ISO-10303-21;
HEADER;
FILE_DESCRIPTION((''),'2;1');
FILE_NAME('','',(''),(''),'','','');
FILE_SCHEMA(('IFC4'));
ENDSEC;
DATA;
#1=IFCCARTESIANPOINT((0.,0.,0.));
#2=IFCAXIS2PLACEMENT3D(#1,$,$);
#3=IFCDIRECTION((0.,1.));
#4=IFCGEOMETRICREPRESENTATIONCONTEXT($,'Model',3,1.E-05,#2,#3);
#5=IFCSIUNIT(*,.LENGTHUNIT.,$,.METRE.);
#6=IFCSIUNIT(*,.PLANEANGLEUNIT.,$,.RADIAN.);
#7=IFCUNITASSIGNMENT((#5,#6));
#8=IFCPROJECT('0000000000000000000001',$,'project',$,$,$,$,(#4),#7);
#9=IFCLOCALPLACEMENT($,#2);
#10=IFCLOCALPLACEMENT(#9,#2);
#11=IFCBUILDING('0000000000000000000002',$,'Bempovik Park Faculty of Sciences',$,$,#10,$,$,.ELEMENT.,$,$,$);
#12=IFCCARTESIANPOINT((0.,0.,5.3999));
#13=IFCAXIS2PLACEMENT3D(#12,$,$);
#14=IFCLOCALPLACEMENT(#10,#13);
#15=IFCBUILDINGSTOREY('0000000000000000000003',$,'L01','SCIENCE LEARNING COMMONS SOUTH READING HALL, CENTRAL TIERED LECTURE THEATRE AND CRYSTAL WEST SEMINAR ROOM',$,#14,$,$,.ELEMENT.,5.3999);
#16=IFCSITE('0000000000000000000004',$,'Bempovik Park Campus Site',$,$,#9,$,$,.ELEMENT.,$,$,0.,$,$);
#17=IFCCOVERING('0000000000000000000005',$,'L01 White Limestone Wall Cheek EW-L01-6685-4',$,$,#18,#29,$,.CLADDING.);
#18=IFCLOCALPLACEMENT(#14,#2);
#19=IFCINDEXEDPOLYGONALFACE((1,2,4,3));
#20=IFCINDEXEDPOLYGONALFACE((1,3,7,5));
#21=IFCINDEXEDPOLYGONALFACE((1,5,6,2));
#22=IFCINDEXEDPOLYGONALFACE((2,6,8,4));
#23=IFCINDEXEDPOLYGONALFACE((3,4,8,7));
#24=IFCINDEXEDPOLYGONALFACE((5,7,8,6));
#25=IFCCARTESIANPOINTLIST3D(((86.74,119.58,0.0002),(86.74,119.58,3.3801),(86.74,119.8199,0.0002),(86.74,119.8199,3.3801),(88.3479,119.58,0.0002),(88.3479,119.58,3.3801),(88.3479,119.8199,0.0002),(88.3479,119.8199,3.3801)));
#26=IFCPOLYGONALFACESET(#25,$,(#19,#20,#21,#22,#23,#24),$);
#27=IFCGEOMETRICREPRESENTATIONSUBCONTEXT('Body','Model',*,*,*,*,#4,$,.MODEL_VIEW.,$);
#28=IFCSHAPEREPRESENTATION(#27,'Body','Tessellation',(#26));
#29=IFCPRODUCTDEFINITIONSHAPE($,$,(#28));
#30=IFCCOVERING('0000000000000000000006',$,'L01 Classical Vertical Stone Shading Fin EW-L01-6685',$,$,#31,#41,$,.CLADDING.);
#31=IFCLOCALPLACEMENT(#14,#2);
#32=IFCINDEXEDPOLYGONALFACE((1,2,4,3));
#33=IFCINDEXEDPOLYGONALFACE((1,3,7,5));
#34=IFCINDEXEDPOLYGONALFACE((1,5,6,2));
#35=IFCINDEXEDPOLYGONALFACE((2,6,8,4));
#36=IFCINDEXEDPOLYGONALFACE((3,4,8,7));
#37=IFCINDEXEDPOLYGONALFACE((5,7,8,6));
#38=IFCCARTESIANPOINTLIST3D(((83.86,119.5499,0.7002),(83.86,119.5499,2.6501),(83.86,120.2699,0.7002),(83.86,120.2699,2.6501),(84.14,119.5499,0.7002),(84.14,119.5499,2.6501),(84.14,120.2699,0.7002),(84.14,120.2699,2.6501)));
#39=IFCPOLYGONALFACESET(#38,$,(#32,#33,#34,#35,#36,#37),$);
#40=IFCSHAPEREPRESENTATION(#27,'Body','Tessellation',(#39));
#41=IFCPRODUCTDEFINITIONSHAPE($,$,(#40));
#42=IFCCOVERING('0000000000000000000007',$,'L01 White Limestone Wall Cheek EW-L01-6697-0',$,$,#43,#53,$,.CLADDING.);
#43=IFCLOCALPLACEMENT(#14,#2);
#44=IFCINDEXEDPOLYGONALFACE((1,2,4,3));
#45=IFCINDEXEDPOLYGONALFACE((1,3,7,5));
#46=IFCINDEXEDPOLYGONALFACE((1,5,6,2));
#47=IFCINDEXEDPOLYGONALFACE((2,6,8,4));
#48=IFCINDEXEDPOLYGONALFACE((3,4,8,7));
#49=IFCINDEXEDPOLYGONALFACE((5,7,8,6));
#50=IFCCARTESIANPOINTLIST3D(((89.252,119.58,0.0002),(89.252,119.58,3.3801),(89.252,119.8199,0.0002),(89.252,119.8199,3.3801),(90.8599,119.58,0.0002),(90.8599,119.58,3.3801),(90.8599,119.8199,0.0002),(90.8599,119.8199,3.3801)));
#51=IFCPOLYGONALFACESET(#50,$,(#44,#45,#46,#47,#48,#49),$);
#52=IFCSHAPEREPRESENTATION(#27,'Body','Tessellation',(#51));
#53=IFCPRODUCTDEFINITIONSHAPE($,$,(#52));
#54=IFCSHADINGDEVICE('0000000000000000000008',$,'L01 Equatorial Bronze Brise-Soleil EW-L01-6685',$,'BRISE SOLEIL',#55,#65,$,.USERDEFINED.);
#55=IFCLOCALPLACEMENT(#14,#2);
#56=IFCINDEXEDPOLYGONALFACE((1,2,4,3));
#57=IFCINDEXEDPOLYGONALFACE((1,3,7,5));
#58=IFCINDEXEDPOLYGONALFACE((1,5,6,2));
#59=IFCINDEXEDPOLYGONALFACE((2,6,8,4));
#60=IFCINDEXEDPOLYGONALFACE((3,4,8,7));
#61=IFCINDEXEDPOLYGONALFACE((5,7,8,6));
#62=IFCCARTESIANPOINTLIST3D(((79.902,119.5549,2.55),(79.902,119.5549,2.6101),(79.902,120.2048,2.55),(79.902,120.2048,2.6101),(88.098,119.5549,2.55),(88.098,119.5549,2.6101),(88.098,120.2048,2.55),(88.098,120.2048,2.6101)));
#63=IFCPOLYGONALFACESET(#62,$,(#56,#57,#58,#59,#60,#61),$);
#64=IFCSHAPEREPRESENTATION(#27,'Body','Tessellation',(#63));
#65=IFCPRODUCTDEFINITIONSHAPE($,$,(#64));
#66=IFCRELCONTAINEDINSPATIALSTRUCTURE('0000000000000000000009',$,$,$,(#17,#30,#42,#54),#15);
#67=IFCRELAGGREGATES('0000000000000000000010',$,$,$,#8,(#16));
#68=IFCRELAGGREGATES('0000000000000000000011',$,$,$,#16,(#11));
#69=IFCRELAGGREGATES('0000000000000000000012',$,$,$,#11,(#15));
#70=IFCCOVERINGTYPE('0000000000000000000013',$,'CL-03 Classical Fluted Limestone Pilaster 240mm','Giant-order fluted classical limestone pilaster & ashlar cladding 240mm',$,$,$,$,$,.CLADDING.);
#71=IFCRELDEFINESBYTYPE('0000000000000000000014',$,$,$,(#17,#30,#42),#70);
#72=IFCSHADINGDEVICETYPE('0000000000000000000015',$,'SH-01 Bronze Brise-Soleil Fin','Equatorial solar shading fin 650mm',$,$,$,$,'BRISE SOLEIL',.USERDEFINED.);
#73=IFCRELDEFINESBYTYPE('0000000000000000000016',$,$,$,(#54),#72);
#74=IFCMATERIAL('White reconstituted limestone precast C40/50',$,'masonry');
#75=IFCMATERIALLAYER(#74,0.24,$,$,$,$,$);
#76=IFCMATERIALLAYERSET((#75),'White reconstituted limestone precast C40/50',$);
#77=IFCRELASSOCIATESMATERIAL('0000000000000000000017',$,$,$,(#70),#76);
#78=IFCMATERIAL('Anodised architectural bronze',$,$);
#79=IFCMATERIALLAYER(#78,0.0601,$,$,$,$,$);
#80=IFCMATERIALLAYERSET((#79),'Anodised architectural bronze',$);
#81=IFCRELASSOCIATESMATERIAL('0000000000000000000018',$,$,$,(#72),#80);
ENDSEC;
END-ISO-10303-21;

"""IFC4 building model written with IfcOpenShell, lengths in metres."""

from ifc_helpers import new_model, si_unit, direction, frame, origin, origin_2d, place, context, subcontext, project, spatial, rectangle, extrude, material, layer, layer_set, type_object, element, save


model = new_model("IFC4")

# Units and contexts
model_context = context("Model", 3, precision=1e-05, world=origin(), true_north=direction((0.0, 1.0)))
body_context = subcontext(model_context, "Body", "Model", "MODEL_VIEW")
ifc_project = project(units=[si_unit("LENGTHUNIT", "METRE"), si_unit("PLANEANGLEUNIT", "RADIAN")], contexts=[model_context])

# Site, building, storey
site_placement = place(None, origin())
site = spatial("IfcSite", under=ifc_project, at=site_placement, Name="Bempovik Park Campus Site", CompositionType="ELEMENT", RefElevation=0.0)
building_placement = place(site_placement, origin())
building = spatial("IfcBuilding", under=site, at=building_placement, Name="Bempovik Park Faculty of Sciences", CompositionType="ELEMENT")
storey_placement = place(building_placement, frame((0.0, 0.0, 5.3999)))
storey = spatial("IfcBuildingStorey", under=building, at=storey_placement, Name="L01", Description="SCIENCE LEARNING COMMONS SOUTH READING HALL, CENTRAL TIERED LECTURE THEATRE AND CRYSTAL WEST SEMINAR ROOM", CompositionType="ELEMENT", Elevation=5.3999)

# Coverings
ifc_material_1 = material(Name="White reconstituted limestone precast C40/50", Category="masonry")
ifc_layer_1 = layer(ifc_material_1, 0.24)
ifc_layer_set_1 = layer_set([ifc_layer_1], Name="White reconstituted limestone precast C40/50")
covering_type_1 = type_object("IfcCoveringType", Name="CL-03 Classical Fluted Limestone Pilaster 240mm", Description="Giant-order fluted classical limestone pilaster & ashlar cladding 240mm", PredefinedType="CLADDING", material=ifc_layer_set_1)
covering_1_placement = place(storey_placement, frame((87.5439, 119.7, 0.0002), z_axis=(0.0, 0.0, 1.0), x_axis=(1.0, 0.0, 0.0)))
element("IfcCovering", 1, at=covering_1_placement, inside=storey, type_object=covering_type_1, Name="L01 White Limestone Wall Cheek EW-L01-6685-4", PredefinedType="CLADDING", context=body_context, shape_type="SweptSolid", body=[
    extrude(rectangle(XDim=1.6079, YDim=0.24, at=origin_2d()), origin(), (0.0, 0.0, 1.0), 3.3799),
])
covering_2_placement = place(storey_placement, frame((84.0, 119.9099, 0.7002), z_axis=(0.0, 0.0, 1.0), x_axis=(1.0, 0.0, 0.0)))
element("IfcCovering", 2, at=covering_2_placement, inside=storey, type_object=covering_type_1, Name="L01 Classical Vertical Stone Shading Fin EW-L01-6685", PredefinedType="CLADDING", context=body_context, shape_type="SweptSolid", body=[
    extrude(rectangle(XDim=0.28, YDim=0.72, at=origin_2d()), origin(), (0.0, 0.0, 1.0), 1.95),
])
covering_3_placement = place(storey_placement, frame((90.0559, 119.7, 0.0002), z_axis=(0.0, 0.0, 1.0), x_axis=(1.0, 0.0, 0.0)))
element("IfcCovering", 3, at=covering_3_placement, inside=storey, type_object=covering_type_1, Name="L01 White Limestone Wall Cheek EW-L01-6697-0", PredefinedType="CLADDING", context=body_context, shape_type="SweptSolid", body=[
    extrude(rectangle(XDim=1.6079, YDim=0.24, at=origin_2d()), origin(), (0.0, 0.0, 1.0), 3.3799),
])

# Shading device
ifc_material_2 = material(Name="Anodised architectural bronze")
ifc_layer_2 = layer(ifc_material_2, 0.0601)
ifc_layer_set_2 = layer_set([ifc_layer_2], Name="Anodised architectural bronze")
shading_device_type = type_object("IfcShadingDeviceType", Name="SH-01 Bronze Brise-Soleil Fin", Description="Equatorial solar shading fin 650mm", ElementType="BRISE SOLEIL", PredefinedType="USERDEFINED", material=ifc_layer_set_2)
shading_device_placement = place(storey_placement, frame((84.0, 119.8799, 2.55), z_axis=(0.0, 0.0, 1.0), x_axis=(1.0, 0.0, 0.0)))
element("IfcShadingDevice", 4, at=shading_device_placement, inside=storey, type_object=shading_device_type, Name="L01 Equatorial Bronze Brise-Soleil EW-L01-6685", ObjectType="BRISE SOLEIL", PredefinedType="USERDEFINED", context=body_context, shape_type="SweptSolid", body=[
    extrude(rectangle(XDim=8.196, YDim=0.6499, at=origin_2d()), origin(), (0.0, 0.0, 1.0), 0.0601),
])

save(model, "model.ifc")
